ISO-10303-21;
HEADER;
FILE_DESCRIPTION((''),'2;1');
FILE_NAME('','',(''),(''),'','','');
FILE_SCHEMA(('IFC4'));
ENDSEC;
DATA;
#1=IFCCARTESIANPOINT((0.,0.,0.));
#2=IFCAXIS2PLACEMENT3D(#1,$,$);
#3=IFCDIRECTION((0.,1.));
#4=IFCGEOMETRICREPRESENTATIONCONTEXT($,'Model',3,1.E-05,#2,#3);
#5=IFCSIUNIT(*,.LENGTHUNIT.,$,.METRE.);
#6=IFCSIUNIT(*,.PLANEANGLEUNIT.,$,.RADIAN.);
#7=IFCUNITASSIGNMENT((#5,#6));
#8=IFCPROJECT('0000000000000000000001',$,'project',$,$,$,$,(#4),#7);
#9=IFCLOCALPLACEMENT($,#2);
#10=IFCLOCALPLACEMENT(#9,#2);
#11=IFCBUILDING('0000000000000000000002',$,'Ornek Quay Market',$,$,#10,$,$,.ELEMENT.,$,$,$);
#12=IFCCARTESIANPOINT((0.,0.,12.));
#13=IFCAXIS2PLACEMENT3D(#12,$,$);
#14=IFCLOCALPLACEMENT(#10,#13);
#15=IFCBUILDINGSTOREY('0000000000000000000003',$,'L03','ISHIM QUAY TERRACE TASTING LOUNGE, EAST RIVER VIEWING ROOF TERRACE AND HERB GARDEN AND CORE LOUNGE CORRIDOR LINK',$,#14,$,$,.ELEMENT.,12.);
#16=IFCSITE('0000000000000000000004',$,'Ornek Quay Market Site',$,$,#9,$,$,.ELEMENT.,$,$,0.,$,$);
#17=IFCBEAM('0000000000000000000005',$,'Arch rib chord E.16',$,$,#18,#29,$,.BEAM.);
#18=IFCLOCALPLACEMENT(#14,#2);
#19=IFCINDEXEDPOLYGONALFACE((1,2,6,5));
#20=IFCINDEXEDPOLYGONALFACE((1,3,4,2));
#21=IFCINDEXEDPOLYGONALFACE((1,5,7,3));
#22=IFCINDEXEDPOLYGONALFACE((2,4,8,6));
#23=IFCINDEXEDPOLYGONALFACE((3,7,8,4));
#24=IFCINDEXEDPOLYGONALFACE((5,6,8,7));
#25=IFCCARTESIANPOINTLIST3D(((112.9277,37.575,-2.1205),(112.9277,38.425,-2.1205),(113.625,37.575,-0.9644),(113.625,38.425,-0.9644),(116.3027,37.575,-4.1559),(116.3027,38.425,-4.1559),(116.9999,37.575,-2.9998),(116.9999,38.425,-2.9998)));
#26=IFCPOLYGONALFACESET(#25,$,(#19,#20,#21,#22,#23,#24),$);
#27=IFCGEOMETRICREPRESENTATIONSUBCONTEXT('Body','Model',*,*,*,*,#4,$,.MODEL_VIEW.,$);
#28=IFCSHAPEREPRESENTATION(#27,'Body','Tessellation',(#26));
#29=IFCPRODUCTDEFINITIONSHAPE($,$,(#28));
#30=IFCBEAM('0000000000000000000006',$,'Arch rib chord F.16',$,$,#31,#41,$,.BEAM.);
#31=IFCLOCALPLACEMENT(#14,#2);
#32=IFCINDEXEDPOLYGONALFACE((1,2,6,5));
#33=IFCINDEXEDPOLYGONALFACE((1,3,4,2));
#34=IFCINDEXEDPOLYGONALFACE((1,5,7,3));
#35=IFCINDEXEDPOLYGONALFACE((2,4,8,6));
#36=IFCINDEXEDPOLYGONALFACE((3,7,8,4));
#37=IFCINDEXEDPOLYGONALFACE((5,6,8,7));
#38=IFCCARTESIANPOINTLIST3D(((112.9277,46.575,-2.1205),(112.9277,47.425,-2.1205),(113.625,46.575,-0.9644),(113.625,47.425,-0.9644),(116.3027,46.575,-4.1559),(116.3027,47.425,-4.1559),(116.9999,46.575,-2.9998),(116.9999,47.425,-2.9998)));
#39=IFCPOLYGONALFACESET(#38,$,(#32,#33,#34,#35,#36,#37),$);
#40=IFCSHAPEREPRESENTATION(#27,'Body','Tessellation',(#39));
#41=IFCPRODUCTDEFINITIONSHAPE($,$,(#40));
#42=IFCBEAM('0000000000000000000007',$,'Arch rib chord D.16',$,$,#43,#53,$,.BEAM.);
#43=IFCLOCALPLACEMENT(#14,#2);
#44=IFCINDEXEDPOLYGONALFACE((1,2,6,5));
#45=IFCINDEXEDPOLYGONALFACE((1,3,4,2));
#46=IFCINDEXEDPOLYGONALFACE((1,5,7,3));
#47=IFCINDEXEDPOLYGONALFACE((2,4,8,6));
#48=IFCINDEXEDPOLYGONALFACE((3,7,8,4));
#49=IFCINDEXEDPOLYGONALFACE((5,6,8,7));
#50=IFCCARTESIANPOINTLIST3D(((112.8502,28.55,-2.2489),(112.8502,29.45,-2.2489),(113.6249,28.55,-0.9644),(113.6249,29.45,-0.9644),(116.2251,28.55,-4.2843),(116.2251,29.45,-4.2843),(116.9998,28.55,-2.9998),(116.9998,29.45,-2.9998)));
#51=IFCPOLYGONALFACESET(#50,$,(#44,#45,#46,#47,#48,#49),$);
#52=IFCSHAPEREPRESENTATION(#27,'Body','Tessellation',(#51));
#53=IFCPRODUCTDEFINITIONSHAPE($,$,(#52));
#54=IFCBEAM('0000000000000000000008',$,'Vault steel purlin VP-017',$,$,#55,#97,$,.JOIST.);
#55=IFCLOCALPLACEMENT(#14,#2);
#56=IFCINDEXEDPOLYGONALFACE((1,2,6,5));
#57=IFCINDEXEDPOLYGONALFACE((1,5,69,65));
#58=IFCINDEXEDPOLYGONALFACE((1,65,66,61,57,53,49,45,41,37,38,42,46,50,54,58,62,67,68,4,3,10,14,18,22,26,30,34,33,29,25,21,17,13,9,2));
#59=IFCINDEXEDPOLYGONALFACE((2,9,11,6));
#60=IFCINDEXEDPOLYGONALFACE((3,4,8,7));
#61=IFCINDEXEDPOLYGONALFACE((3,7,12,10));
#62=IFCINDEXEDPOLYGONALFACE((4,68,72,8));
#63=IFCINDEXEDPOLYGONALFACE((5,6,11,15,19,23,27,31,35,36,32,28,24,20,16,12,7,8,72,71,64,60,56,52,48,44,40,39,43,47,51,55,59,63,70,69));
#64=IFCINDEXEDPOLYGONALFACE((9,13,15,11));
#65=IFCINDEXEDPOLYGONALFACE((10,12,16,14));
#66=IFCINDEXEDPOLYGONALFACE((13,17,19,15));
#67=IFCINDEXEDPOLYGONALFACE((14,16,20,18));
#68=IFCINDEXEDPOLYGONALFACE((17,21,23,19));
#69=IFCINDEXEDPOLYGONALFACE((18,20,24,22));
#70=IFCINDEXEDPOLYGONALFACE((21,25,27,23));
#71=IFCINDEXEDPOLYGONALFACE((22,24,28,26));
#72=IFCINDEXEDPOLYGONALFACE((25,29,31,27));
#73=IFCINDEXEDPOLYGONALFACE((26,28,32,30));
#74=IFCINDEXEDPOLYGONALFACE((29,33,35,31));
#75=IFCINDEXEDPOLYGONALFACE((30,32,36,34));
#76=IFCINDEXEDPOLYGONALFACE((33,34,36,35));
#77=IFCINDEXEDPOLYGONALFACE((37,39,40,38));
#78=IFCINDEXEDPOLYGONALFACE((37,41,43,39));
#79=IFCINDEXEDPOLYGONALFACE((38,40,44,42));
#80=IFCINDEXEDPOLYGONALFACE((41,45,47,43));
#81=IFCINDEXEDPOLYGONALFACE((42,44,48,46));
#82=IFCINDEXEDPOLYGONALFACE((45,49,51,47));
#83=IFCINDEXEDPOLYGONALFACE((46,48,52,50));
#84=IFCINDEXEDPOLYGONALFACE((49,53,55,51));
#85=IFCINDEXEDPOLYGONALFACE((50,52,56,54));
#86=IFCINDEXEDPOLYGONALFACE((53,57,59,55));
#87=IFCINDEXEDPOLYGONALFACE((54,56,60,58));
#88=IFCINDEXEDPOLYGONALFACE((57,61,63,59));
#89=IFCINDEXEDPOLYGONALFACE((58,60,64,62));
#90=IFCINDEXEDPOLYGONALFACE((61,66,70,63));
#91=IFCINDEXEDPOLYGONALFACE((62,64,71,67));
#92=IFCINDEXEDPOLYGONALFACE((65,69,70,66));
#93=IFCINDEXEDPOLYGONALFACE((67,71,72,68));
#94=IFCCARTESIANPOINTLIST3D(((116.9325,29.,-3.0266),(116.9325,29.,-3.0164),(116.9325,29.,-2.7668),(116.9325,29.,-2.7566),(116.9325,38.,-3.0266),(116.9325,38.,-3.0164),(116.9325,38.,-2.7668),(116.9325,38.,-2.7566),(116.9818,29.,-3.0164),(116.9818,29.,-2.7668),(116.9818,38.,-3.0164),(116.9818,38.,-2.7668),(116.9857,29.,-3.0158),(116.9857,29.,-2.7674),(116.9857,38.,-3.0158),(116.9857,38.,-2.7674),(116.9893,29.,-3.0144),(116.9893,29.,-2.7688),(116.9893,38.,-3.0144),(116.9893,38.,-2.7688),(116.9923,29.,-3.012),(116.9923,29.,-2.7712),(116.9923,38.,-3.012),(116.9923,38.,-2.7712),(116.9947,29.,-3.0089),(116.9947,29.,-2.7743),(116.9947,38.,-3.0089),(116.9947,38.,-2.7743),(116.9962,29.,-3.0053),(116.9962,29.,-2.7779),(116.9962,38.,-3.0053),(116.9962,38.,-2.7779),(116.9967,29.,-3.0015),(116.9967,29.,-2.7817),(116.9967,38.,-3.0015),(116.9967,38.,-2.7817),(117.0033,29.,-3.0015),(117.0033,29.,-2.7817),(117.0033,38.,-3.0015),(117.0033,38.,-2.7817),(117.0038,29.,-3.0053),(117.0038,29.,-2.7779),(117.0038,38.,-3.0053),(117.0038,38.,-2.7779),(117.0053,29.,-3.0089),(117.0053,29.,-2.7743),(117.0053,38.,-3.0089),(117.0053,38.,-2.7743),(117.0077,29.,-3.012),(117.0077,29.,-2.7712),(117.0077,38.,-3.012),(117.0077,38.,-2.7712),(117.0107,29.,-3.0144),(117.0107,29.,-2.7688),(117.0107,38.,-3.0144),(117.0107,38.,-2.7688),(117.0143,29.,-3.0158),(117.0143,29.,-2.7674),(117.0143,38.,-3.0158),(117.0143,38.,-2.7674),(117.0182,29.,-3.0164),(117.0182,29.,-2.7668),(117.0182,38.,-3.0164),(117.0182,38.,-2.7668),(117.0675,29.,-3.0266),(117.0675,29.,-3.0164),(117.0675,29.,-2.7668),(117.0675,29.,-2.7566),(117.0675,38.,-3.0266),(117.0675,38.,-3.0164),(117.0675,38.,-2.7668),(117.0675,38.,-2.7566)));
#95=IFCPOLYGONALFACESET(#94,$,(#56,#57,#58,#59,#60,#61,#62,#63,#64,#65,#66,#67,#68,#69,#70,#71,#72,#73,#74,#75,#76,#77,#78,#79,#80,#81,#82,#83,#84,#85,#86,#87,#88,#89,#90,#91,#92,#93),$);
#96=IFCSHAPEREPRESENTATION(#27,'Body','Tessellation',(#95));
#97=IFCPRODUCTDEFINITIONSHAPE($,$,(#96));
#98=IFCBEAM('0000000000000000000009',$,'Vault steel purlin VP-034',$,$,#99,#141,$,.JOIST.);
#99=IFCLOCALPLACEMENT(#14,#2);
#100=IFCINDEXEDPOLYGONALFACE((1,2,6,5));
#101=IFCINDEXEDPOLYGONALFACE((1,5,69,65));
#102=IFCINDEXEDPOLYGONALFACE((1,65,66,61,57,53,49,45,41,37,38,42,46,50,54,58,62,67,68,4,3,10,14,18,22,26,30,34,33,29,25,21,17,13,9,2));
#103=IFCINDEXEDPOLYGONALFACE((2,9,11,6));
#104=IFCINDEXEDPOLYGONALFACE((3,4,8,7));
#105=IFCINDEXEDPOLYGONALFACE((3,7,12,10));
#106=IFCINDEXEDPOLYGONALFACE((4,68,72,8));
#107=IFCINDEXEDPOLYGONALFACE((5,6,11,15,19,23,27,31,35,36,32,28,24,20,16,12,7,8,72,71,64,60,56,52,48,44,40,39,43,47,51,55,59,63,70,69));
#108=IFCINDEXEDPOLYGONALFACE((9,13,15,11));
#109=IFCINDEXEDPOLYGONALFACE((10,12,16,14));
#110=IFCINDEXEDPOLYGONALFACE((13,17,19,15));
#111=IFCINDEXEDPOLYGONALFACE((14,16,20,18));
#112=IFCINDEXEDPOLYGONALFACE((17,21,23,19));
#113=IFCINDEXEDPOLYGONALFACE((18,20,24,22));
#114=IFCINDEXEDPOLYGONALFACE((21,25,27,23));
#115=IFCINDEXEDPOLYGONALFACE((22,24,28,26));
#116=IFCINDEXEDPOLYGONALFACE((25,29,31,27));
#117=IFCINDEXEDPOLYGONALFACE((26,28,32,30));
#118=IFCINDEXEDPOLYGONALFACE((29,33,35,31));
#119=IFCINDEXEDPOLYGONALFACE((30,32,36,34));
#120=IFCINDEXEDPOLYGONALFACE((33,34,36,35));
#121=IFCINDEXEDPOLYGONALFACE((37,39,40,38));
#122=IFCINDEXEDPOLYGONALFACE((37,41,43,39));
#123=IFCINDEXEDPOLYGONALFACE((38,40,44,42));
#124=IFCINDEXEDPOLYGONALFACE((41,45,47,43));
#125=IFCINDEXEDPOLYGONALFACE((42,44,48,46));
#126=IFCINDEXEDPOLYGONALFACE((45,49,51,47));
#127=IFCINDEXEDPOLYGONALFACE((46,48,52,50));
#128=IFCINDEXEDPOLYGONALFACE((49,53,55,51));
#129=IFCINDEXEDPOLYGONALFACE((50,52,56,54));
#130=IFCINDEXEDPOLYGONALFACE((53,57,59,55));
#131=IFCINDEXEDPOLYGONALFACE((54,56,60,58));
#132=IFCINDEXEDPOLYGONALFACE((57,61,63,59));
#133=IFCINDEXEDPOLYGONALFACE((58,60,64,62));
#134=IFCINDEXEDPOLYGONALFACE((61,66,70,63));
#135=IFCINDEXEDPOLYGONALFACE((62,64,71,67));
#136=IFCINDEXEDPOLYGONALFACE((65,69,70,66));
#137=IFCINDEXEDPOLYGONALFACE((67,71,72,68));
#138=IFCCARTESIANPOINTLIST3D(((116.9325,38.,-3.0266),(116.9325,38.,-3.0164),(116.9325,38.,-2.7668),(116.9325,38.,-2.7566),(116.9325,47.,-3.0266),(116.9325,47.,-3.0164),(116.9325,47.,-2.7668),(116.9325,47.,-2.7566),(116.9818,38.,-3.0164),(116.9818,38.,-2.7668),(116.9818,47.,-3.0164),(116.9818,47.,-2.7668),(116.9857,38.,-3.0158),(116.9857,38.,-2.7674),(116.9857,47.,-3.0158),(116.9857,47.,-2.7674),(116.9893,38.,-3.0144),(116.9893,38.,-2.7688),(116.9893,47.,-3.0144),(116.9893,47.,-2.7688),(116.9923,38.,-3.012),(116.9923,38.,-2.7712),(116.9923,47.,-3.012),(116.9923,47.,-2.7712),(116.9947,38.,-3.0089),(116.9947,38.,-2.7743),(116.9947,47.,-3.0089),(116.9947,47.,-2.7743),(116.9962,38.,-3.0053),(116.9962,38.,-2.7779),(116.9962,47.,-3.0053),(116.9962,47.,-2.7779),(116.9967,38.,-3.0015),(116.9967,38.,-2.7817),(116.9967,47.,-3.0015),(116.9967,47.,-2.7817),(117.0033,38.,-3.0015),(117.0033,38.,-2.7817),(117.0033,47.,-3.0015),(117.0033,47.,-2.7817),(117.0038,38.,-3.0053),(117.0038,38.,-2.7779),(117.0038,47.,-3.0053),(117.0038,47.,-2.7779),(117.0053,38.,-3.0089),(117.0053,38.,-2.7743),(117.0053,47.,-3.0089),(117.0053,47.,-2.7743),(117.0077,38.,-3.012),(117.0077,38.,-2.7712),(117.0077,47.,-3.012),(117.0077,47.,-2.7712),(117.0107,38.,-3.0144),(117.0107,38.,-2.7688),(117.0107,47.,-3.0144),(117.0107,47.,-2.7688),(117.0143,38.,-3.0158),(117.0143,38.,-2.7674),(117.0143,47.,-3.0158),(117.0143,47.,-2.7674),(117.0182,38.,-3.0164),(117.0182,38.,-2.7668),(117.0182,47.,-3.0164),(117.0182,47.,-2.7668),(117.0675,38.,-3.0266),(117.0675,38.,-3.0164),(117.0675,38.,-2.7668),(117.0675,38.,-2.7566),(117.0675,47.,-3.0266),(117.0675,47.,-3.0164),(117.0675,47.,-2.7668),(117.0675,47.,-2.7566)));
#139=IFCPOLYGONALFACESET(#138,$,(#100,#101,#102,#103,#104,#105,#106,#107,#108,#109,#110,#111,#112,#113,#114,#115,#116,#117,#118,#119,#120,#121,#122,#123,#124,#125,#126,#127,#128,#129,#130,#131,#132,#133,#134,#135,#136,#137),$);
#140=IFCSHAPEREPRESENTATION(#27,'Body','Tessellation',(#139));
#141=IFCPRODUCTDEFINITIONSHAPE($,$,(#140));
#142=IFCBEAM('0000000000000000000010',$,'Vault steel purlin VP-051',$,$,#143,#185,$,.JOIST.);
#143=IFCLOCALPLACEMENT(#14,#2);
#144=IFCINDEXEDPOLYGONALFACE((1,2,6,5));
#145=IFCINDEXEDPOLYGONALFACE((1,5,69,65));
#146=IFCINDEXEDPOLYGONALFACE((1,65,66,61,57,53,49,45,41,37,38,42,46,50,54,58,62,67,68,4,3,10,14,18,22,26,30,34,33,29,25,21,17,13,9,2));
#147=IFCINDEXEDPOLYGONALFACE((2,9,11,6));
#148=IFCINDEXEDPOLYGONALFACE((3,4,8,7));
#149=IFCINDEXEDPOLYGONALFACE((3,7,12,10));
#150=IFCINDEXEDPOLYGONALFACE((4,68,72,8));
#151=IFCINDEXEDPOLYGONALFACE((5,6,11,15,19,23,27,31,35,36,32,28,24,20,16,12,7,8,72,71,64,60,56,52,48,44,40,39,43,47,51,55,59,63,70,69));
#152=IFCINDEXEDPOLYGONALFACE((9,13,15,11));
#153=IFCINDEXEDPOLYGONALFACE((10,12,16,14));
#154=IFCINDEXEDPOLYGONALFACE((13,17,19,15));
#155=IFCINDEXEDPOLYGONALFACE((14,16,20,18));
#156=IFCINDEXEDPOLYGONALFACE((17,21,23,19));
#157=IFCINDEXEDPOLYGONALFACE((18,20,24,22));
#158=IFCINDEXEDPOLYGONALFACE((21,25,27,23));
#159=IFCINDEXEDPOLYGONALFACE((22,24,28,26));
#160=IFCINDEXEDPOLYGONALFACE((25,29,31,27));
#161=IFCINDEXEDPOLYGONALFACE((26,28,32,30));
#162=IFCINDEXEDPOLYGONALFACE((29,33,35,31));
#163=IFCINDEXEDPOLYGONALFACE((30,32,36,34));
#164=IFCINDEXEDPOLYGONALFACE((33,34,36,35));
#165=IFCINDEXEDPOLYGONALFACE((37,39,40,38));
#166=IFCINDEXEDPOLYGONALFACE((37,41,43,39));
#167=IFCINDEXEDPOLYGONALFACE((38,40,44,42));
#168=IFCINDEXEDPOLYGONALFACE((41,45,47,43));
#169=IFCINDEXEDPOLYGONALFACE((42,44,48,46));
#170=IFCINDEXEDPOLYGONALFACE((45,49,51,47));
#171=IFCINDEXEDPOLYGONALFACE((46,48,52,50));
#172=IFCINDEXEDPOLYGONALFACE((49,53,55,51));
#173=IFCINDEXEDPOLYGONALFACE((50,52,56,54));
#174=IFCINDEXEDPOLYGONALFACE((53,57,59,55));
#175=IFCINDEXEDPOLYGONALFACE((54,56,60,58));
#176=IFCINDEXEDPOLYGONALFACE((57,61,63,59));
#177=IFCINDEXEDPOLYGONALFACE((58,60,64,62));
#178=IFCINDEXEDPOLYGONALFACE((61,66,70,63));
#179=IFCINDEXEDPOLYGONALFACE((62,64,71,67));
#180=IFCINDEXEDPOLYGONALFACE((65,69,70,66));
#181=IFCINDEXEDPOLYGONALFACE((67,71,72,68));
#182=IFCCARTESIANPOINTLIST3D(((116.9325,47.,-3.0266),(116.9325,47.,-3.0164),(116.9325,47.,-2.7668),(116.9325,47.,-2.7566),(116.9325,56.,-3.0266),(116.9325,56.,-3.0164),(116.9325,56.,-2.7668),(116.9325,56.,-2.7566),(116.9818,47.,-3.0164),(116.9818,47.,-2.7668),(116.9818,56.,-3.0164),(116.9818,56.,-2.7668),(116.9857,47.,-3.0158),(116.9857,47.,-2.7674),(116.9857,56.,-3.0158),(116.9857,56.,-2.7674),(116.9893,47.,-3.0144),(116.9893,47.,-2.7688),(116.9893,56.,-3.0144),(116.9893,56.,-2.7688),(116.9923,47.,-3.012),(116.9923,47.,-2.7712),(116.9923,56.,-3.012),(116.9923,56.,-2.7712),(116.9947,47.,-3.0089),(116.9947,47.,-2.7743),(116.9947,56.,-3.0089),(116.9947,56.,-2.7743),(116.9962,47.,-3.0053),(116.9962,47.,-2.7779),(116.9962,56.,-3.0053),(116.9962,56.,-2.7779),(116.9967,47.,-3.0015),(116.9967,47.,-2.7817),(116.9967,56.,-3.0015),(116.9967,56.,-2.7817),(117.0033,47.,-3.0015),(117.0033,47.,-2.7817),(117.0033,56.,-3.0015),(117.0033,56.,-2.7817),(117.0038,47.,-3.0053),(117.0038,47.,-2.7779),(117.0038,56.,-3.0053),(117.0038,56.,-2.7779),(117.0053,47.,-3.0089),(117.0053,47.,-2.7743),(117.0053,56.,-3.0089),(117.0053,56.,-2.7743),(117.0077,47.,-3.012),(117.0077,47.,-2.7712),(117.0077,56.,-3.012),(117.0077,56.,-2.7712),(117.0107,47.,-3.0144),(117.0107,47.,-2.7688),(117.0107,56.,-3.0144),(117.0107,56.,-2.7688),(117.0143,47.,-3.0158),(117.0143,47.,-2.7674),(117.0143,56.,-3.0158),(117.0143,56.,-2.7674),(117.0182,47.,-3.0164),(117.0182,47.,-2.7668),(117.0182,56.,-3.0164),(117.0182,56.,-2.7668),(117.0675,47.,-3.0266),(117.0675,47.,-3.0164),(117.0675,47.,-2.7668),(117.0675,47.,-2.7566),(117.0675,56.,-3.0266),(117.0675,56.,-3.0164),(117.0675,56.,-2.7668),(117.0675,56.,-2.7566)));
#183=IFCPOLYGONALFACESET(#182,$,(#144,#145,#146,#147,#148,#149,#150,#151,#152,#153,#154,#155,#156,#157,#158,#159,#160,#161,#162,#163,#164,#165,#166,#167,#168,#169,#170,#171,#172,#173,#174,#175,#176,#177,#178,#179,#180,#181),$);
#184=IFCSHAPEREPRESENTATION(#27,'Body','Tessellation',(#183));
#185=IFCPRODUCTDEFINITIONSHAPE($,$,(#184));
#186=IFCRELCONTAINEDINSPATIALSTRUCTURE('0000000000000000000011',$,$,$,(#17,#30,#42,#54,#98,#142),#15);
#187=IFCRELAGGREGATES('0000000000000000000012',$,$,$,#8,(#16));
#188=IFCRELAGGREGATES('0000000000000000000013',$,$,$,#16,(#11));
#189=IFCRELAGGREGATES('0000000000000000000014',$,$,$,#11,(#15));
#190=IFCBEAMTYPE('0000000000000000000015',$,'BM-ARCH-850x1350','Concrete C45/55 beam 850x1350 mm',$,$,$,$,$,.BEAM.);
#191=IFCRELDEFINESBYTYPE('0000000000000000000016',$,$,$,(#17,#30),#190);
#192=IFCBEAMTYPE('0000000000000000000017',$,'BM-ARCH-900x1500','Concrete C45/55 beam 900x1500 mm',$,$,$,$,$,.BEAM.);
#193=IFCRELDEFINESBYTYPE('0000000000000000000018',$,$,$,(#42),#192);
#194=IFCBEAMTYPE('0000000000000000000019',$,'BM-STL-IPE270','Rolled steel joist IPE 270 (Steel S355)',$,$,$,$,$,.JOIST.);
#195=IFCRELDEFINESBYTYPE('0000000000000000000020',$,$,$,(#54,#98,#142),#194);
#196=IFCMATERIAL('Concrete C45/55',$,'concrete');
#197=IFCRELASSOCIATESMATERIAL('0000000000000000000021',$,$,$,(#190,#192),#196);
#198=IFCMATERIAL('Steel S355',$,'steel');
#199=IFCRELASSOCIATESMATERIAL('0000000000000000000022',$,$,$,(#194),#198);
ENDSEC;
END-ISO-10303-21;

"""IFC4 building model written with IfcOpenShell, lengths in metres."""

from ifc_helpers import new_model, si_unit, direction, frame, origin, origin_2d, place, context, subcontext, project, spatial, rectangle, i_section, extrude, material, material_profile, profile_set, type_object, element, save


model = new_model("IFC4")

# Units and contexts
model_context = context("Model", 3, precision=1e-05, world=origin(), true_north=direction((0.0, 1.0)))
body_context = subcontext(model_context, "Body", "Model", "MODEL_VIEW")
ifc_project = project(units=[si_unit("LENGTHUNIT", "METRE"), si_unit("PLANEANGLEUNIT", "RADIAN")], contexts=[model_context])

# Site, building, storey
site_placement = place(None, origin())
site = spatial("IfcSite", under=ifc_project, at=site_placement, Name="Ornek Quay Market Site", CompositionType="ELEMENT", RefElevation=0.0)
building_placement = place(site_placement, origin())
building = spatial("IfcBuilding", under=site, at=building_placement, Name="Ornek Quay Market", CompositionType="ELEMENT")
storey_placement = place(building_placement, frame((0.0, 0.0, 12.0)))
storey = spatial("IfcBuildingStorey", under=building, at=storey_placement, Name="L03", Description="ISHIM QUAY TERRACE TASTING LOUNGE, EAST RIVER VIEWING ROOF TERRACE AND HERB GARDEN AND CORE LOUNGE CORRIDOR LINK", CompositionType="ELEMENT", Elevation=12.0)

# Beams
ifc_material_1 = material(Name="Concrete C45/55", Category="concrete")
ifc_material_profile_1 = material_profile(ifc_material_1, rectangle(XDim=0.8501, YDim=1.3501, at=origin_2d()), Name="RC 850x1350", Category="concrete")
ifc_profile_set_1 = profile_set([ifc_material_profile_1], Name="Concrete C45/55")
beam_type_1 = type_object("IfcBeamType", Name="BM-ARCH-850x1350", Description="Concrete C45/55 beam 850x1350 mm", PredefinedType="BEAM", material=ifc_profile_set_1)
for number, where, z_axis, x_axis, name in (
    (1, (113.2764, 38.0, -1.5425), (0.856327, 0.0, -0.516435), (0.0, 1.0, 0.0), "Arch rib chord E.16"),
    (2, (113.2764, 47.0, -1.5425), (0.856327, 0.0, -0.516435), (0.0, 1.0, 0.0), "Arch rib chord F.16"),
):
    element("IfcBeam", number, at=place(storey_placement, frame(where, z_axis=z_axis, x_axis=x_axis)), inside=storey, type_object=beam_type_1, Name=name, PredefinedType="BEAM", context=body_context, shape_type="SweptSolid", body=[
        extrude(rectangle(XDim=0.8501, YDim=1.3501, at=origin_2d()), origin(), (0.0, 0.0, 1.0), 3.9412),
    ])
ifc_material_profile_2 = material_profile(ifc_material_1, rectangle(XDim=0.8999, YDim=1.5, at=origin_2d()), Name="RC 900x1500", Category="concrete")
ifc_profile_set_2 = profile_set([ifc_material_profile_2], Name="Concrete C45/55")
beam_type_2 = type_object("IfcBeamType", Name="BM-ARCH-900x1500", Description="Concrete C45/55 beam 900x1500 mm", PredefinedType="BEAM", material=ifc_profile_set_2)
beam_placement = place(storey_placement, frame((113.2375, 29.0, -1.6067), z_axis=(0.856327, 0.0, -0.516435), x_axis=(0.0, 1.0, 0.0)))
element("IfcBeam", 3, at=beam_placement, inside=storey, type_object=beam_type_2, Name="Arch rib chord D.16", PredefinedType="BEAM", context=body_context, shape_type="SweptSolid", body=[
    extrude(rectangle(XDim=0.8999, YDim=1.5, at=origin_2d()), origin(), (0.0, 0.0, 1.0), 3.9412),
])
ifc_material_2 = material(Name="Steel S355", Category="steel")
ifc_material_profile_3 = material_profile(ifc_material_2, i_section(OverallWidth=0.135, OverallDepth=0.27, WebThickness=0.0066, FlangeThickness=0.0103, FilletRadius=0.0149, at=origin_2d()), Name="IPE 270", Category="steel")
ifc_profile_set_3 = profile_set([ifc_material_profile_3], Name="Steel S355")
beam_type_3 = type_object("IfcBeamType", Name="BM-STL-IPE270", Description="Rolled steel joist IPE 270 (Steel S355)", PredefinedType="JOIST", material=ifc_profile_set_3)
for number, where, z_axis, x_axis, name in (
    (4, (117.0, 29.0, -2.8916), (0.0, 1.0, 0.0), (-1.0, 0.0, 0.0), "Vault steel purlin VP-017"),
    (5, (117.0, 38.0, -2.8916), (0.0, 1.0, 0.0), (-1.0, 0.0, 0.0), "Vault steel purlin VP-034"),
    (6, (117.0, 47.0, -2.8916), (0.0, 1.0, 0.0), (-1.0, 0.0, 0.0), "Vault steel purlin VP-051"),
):
    element("IfcBeam", number, at=place(storey_placement, frame(where, z_axis=z_axis, x_axis=x_axis)), inside=storey, type_object=beam_type_3, Name=name, PredefinedType="JOIST", context=body_context, shape_type="SweptSolid", body=[
        extrude(i_section(OverallWidth=0.135, OverallDepth=0.27, WebThickness=0.0066, FlangeThickness=0.0103, FilletRadius=0.0149, at=origin_2d()), origin(), (0.0, 0.0, 1.0), 9.0),
    ])

save(model, "model.ifc")
